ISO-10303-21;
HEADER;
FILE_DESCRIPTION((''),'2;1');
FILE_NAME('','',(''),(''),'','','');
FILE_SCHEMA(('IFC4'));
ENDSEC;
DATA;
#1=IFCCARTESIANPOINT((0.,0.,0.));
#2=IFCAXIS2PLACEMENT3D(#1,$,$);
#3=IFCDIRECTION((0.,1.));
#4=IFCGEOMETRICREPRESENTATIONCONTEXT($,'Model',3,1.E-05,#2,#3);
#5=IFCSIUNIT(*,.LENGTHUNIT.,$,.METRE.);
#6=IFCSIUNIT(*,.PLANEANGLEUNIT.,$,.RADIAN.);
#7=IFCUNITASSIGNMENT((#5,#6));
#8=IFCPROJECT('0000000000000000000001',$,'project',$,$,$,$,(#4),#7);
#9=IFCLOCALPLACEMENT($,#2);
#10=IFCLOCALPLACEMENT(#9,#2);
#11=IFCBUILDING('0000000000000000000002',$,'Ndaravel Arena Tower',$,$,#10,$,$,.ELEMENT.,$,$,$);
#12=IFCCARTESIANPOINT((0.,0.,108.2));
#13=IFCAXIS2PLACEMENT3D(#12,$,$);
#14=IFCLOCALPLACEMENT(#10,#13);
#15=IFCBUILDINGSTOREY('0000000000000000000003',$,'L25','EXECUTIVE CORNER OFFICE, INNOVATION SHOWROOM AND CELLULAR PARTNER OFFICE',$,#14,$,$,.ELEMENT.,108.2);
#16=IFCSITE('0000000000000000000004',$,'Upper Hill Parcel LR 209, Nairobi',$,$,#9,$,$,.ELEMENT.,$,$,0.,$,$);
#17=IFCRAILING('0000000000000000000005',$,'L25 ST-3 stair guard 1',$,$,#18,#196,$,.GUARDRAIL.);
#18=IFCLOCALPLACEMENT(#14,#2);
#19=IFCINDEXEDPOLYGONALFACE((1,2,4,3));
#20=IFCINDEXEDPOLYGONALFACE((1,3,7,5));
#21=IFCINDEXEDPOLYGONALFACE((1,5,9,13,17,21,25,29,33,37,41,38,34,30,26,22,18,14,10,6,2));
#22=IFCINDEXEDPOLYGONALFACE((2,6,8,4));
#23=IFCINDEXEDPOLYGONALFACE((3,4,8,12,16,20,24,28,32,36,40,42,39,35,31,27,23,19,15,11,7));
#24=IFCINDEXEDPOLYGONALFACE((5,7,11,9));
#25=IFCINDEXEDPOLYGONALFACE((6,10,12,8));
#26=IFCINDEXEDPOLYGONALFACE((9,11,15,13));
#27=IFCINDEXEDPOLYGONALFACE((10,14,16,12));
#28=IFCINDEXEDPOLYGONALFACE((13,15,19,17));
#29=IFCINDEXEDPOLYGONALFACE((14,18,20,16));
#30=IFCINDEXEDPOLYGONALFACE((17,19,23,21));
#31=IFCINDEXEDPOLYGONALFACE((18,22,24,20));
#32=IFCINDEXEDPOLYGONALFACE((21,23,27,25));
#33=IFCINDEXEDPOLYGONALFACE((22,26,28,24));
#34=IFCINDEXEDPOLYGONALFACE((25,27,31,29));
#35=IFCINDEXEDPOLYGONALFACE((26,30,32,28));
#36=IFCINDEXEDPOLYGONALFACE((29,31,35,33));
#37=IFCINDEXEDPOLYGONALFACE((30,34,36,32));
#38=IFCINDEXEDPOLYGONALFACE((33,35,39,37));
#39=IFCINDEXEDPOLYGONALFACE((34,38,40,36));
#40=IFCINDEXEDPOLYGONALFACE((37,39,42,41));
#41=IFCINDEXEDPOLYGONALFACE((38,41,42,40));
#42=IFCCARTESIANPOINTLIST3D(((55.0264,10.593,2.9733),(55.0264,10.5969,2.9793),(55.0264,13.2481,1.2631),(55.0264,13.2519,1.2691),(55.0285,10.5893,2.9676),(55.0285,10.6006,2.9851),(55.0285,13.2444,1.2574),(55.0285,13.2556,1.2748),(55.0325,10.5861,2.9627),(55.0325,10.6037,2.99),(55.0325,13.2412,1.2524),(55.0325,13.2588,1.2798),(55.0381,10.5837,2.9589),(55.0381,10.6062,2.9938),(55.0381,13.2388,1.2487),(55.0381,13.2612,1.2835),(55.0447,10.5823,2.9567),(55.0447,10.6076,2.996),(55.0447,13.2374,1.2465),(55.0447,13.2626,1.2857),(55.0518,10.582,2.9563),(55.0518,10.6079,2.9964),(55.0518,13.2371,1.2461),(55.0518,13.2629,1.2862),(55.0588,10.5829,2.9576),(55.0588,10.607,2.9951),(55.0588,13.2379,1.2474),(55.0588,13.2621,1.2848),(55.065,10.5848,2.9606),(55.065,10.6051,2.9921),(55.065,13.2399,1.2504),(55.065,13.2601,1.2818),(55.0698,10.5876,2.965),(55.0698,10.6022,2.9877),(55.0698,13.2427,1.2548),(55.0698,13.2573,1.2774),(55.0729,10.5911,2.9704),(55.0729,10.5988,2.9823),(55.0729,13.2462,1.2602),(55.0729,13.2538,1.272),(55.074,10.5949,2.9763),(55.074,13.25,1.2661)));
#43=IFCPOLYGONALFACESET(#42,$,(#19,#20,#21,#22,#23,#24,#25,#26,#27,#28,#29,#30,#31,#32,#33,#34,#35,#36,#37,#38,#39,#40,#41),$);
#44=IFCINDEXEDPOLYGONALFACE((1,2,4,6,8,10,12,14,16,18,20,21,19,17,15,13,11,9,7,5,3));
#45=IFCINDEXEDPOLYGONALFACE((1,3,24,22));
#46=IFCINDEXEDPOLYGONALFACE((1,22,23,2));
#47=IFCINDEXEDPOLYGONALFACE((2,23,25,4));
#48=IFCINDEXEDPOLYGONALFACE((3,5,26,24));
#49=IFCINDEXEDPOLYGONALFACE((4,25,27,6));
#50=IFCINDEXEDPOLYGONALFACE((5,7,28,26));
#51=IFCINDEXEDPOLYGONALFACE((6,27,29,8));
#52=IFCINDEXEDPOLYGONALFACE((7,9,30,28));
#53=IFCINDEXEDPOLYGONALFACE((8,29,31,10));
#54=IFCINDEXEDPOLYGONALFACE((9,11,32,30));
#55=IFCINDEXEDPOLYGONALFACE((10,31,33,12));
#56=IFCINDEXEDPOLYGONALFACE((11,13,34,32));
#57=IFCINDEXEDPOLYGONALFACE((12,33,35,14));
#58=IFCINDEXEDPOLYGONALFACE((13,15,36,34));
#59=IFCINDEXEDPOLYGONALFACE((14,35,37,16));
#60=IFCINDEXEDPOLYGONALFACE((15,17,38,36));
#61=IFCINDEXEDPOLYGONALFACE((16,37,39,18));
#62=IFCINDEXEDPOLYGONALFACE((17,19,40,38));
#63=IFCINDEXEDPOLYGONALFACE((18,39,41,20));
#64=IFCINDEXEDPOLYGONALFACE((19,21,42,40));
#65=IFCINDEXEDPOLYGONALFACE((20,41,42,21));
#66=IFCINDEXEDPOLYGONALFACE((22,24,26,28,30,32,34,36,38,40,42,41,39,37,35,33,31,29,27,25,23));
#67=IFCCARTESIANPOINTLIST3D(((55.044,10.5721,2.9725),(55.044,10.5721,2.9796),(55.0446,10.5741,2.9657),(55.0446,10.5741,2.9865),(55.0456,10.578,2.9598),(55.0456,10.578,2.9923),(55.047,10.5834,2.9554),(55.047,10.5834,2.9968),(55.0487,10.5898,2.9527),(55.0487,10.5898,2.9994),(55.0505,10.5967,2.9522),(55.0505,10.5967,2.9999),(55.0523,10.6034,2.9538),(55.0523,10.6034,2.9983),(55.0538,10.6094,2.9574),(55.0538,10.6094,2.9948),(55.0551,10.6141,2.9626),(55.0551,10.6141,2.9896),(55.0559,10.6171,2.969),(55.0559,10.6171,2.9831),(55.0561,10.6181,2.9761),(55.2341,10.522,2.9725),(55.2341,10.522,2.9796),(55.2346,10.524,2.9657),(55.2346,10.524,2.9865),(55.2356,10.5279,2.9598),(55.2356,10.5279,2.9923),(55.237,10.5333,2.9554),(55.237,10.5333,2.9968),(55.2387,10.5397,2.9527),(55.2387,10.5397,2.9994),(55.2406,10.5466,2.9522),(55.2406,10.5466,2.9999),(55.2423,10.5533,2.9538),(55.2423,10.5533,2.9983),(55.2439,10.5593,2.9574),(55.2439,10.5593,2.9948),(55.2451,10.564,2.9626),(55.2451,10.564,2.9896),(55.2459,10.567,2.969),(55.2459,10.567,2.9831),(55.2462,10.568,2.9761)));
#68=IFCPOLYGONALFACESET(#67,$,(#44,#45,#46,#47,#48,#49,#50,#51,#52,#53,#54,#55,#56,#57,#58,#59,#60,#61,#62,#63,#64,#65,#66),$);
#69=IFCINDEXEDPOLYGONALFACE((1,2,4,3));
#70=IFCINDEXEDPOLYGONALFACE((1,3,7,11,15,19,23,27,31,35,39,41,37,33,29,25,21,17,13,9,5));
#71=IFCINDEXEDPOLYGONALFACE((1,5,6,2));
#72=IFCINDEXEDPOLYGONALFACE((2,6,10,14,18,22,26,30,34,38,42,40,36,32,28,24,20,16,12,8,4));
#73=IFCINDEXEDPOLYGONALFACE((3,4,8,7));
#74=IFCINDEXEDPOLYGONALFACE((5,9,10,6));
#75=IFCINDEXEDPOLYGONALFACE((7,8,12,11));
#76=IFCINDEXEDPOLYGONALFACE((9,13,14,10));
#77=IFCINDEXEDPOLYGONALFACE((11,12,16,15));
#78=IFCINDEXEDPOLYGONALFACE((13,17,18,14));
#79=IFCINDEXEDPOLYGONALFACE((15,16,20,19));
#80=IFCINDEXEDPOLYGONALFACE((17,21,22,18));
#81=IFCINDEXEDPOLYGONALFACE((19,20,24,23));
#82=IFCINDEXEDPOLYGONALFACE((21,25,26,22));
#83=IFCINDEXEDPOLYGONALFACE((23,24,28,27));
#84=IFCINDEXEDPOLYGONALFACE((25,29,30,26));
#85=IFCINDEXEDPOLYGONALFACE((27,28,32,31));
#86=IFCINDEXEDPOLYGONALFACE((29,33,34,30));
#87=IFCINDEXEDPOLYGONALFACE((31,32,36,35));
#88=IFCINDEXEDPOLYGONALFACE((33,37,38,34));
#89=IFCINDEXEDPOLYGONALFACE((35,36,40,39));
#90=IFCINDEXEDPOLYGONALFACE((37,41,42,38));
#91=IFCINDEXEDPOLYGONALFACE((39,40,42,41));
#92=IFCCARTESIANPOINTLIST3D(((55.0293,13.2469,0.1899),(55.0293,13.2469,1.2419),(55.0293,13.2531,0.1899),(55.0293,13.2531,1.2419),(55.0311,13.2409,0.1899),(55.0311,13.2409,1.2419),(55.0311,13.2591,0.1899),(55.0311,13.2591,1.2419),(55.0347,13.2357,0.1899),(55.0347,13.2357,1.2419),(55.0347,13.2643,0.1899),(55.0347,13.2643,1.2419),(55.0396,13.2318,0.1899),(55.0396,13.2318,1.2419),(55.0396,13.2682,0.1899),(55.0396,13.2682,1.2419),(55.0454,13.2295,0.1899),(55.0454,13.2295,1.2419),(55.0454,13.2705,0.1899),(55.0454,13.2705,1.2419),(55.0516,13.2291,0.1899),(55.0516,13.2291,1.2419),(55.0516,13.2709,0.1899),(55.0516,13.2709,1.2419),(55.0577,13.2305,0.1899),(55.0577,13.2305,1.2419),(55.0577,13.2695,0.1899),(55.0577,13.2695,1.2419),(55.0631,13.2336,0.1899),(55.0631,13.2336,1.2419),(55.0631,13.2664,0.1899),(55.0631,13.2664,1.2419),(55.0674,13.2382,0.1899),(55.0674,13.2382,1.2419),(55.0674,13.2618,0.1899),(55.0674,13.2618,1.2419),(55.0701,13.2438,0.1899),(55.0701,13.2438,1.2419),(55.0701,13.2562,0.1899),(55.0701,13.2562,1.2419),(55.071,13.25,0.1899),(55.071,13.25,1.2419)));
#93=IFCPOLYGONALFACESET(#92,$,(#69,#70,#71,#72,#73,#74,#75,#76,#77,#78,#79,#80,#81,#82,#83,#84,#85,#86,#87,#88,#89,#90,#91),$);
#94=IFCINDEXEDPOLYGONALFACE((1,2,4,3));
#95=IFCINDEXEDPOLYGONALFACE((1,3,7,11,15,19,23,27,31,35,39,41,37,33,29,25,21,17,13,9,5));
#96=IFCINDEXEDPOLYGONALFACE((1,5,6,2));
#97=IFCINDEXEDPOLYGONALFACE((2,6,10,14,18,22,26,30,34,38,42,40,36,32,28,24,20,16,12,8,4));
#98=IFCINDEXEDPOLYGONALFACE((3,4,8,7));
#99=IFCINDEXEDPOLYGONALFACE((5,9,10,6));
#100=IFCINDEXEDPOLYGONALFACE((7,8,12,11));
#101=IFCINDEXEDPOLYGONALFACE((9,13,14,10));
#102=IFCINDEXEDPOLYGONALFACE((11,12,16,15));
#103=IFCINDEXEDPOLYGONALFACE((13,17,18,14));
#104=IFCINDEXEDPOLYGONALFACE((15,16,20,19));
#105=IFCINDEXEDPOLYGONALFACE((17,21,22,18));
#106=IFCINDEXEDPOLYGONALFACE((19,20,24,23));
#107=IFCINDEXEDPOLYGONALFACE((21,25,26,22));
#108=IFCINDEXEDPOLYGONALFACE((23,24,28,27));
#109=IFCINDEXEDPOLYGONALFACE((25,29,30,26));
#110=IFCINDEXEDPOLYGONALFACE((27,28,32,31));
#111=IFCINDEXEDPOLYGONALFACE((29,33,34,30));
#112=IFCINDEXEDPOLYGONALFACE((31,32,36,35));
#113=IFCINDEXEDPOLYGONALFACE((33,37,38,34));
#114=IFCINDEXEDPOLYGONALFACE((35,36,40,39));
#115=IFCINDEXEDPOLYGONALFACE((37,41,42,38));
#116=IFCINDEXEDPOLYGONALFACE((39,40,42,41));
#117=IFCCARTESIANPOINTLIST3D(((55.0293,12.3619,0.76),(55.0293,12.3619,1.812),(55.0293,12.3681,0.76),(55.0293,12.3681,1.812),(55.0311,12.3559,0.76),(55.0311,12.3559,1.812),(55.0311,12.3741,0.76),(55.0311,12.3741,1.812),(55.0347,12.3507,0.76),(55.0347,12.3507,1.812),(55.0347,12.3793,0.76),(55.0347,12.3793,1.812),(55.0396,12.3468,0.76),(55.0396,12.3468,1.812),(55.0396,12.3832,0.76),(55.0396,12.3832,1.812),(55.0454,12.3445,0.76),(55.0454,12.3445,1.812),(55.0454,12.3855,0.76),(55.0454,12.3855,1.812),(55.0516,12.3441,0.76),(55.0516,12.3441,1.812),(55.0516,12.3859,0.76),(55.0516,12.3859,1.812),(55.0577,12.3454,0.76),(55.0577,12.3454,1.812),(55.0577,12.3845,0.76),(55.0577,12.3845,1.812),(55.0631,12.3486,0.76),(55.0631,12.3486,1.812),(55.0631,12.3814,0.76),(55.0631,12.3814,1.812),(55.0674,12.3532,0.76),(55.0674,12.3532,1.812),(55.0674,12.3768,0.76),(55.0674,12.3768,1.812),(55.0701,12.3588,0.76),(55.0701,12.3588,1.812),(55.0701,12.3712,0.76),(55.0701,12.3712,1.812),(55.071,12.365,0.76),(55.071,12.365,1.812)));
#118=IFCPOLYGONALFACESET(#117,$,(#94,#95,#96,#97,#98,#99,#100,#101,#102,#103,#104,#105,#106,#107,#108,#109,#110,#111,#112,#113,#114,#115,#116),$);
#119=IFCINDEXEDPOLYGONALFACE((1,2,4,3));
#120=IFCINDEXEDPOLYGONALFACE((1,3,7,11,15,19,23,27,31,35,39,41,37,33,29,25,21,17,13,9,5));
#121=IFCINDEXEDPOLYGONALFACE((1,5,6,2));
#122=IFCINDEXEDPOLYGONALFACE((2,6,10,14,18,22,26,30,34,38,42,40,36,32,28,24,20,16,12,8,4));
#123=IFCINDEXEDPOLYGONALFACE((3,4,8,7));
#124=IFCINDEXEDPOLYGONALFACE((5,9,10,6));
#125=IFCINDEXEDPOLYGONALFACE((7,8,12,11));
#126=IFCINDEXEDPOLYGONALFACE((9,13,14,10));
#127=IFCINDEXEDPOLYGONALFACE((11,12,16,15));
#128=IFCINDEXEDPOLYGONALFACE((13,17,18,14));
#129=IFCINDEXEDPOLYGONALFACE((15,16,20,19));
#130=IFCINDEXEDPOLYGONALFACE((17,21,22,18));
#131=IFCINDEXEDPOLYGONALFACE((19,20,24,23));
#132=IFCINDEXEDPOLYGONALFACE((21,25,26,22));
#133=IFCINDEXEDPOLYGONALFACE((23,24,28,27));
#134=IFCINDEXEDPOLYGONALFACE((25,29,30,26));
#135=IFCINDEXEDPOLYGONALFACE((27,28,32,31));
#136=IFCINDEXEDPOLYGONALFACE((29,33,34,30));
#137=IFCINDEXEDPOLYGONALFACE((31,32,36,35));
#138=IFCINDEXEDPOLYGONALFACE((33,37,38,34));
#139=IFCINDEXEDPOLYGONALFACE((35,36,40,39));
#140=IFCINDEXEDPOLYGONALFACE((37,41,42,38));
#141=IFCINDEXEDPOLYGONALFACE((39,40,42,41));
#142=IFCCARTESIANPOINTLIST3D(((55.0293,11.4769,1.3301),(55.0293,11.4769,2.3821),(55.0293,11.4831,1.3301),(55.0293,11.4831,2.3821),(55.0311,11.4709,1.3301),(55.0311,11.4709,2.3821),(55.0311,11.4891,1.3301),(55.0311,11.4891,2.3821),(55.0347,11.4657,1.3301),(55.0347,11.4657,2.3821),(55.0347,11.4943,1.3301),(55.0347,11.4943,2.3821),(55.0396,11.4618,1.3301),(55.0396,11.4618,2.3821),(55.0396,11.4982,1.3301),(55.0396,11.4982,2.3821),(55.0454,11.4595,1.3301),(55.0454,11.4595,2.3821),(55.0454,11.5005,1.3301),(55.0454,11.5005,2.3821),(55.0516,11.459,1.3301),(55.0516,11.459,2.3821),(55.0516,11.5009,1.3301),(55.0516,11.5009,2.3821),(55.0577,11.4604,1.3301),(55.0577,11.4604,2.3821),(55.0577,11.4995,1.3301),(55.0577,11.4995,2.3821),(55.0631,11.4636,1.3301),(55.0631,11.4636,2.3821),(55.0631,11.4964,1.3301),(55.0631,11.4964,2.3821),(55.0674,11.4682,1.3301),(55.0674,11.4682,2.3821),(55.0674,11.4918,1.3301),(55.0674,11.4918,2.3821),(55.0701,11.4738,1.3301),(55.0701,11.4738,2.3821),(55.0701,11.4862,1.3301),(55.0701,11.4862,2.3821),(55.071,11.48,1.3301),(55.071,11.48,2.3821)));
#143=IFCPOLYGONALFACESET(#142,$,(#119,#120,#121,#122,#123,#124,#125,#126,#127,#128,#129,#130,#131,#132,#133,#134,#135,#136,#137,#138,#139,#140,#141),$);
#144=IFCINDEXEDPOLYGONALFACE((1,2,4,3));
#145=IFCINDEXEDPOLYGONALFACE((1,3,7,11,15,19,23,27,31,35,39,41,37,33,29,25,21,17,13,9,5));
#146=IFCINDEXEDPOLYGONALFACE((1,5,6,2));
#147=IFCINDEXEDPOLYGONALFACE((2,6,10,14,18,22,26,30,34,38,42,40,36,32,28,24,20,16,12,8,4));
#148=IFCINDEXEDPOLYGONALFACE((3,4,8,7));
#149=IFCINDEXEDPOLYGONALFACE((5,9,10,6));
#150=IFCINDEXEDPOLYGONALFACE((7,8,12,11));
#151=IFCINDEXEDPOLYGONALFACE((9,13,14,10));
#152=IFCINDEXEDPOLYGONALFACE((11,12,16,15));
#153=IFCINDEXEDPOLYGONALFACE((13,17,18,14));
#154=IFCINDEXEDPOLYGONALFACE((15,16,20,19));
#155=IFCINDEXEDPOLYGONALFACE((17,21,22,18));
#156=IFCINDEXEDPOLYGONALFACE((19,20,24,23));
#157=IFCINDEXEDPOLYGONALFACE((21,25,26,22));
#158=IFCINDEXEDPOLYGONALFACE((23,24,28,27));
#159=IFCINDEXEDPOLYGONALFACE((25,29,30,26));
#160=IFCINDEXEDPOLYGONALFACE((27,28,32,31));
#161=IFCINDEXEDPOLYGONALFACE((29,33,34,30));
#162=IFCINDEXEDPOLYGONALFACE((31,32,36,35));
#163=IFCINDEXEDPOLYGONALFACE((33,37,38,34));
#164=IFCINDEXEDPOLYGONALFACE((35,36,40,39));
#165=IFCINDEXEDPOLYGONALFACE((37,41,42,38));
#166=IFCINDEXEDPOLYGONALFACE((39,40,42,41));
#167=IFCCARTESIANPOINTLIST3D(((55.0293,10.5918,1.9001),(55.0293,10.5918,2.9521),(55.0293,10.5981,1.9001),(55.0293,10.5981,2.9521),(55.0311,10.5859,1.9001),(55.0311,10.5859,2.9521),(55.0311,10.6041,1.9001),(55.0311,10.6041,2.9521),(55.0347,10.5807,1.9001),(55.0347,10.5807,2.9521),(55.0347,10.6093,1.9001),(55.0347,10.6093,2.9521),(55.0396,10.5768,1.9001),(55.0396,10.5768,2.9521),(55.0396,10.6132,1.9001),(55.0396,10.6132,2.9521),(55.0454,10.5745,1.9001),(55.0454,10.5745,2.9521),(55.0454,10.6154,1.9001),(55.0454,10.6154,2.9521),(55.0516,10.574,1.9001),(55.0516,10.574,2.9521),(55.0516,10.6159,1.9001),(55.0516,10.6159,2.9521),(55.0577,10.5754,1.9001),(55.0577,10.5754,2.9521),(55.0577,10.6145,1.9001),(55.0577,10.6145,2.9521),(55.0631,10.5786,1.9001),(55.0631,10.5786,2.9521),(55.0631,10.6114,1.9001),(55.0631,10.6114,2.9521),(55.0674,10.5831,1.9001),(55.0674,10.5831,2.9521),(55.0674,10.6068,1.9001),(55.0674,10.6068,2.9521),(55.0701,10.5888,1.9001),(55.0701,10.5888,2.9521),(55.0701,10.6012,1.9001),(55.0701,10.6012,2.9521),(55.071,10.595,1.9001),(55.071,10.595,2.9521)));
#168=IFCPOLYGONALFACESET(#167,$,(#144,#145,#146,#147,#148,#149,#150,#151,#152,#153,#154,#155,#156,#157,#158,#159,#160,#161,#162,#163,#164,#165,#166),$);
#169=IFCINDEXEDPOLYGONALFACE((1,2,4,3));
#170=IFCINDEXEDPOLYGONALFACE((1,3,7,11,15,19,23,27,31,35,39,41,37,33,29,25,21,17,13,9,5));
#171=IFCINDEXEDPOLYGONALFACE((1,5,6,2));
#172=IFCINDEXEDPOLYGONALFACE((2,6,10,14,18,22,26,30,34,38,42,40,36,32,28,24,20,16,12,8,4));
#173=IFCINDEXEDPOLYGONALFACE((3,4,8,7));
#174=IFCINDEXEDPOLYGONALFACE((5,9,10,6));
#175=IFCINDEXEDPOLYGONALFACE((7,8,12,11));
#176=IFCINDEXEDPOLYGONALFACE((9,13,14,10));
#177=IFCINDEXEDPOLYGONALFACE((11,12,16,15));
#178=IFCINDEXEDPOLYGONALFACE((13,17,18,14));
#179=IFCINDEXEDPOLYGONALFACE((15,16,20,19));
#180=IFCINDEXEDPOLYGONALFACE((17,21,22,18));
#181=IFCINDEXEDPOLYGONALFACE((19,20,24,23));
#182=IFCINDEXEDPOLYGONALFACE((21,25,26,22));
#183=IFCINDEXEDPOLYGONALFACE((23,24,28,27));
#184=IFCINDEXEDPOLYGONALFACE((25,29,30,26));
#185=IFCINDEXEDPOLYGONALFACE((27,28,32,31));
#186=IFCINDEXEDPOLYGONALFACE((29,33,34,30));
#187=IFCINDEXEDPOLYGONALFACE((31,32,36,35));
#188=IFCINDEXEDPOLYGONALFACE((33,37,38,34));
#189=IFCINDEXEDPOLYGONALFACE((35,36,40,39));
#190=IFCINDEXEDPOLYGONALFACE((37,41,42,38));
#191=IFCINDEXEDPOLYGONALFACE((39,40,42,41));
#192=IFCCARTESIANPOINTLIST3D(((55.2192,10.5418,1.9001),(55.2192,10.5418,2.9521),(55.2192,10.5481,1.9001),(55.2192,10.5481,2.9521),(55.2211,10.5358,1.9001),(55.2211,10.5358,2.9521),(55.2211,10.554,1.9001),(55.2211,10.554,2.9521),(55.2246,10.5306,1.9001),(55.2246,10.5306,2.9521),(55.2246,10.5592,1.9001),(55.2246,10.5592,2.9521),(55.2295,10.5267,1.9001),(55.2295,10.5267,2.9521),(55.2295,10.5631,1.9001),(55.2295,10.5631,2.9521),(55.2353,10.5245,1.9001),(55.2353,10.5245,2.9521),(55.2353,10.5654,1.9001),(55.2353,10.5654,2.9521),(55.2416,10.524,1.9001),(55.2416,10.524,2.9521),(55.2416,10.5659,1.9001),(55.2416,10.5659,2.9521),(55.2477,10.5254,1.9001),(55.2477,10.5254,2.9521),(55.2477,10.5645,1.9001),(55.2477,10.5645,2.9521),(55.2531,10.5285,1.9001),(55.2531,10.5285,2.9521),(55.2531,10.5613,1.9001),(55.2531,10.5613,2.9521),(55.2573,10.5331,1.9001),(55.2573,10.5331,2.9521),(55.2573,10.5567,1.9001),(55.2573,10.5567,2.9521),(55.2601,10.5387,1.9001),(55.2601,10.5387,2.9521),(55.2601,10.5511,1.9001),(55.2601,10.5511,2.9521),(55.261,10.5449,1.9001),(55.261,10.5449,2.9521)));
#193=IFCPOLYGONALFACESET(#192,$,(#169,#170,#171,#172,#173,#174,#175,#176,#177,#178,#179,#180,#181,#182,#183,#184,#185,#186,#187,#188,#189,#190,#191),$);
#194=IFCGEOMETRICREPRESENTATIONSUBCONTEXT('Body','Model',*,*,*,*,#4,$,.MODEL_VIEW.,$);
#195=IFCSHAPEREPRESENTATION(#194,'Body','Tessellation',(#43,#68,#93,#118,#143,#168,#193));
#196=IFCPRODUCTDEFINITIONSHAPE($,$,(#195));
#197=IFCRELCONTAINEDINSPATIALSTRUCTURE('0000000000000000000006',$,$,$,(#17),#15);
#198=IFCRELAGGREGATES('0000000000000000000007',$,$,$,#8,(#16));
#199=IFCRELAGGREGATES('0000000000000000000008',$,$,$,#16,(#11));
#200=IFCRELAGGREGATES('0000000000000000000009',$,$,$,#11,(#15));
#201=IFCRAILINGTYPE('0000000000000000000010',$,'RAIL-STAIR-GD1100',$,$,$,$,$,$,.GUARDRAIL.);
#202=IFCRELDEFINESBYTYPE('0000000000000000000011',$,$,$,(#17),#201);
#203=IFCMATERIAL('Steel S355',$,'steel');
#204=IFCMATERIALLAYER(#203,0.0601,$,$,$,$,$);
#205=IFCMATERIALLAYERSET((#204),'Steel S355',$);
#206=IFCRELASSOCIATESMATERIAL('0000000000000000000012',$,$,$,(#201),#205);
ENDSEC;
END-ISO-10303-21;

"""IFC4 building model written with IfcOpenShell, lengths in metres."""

from ifc_helpers import new_model, si_unit, direction, frame, origin, origin_2d, place, context, subcontext, project, spatial, circle, extrude, material, layer, layer_set, type_object, element, save


model = new_model("IFC4")

# Units and contexts
model_context = context("Model", 3, precision=1e-05, world=origin(), true_north=direction((0.0, 1.0)))
body_context = subcontext(model_context, "Body", "Model", "MODEL_VIEW")
ifc_project = project(units=[si_unit("LENGTHUNIT", "METRE"), si_unit("PLANEANGLEUNIT", "RADIAN")], contexts=[model_context])

# Site, building, storey
site_placement = place(None, origin())
site = spatial("IfcSite", under=ifc_project, at=site_placement, Name="Upper Hill Parcel LR 209, Nairobi", CompositionType="ELEMENT", RefElevation=0.0)
building_placement = place(site_placement, origin())
building = spatial("IfcBuilding", under=site, at=building_placement, Name="Ndaravel Arena Tower", CompositionType="ELEMENT")
storey_placement = place(building_placement, frame((0.0, 0.0, 108.2)))
storey = spatial("IfcBuildingStorey", under=building, at=storey_placement, Name="L25", Description="EXECUTIVE CORNER OFFICE, INNOVATION SHOWROOM AND CELLULAR PARTNER OFFICE", CompositionType="ELEMENT", Elevation=108.2)

# Railing
ifc_material_1 = material(Name="Steel S355", Category="steel")
ifc_layer_1 = layer(ifc_material_1, 0.0601)
ifc_layer_set_1 = layer_set([ifc_layer_1], Name="Steel S355")
railing_type_1 = type_object("IfcRailingType", Name="RAIL-STAIR-GD1100", PredefinedType="GUARDRAIL", material=ifc_layer_set_1)
railing_1_placement = place(storey_placement, frame((55.05, 13.25, 0.1899)))
element("IfcRailing", 1, at=railing_1_placement, inside=storey, type_object=railing_type_1, Name="L25 ST-3 stair guard 1", PredefinedType="GUARDRAIL", context=body_context, shape_type="SweptSolid", body=[
    extrude(circle(Radius=0.0239, at=origin_2d()), frame((0.0, 0.0, 1.0762), z_axis=(0.0, -0.840688, 0.541519), x_axis=(1.0, 0.0, 0.0)), (0.0, 0.0, 1.0), 3.1582),
    extrude(circle(Radius=0.0239, at=origin_2d()), frame((0.0, -2.655, 2.7861), z_axis=(0.966994, -0.254799, 0.0), x_axis=(0.254799, 0.966994, 0.0)), (0.0, 0.0, 1.0), 0.1965),
    extrude(circle(Radius=0.021, at=origin_2d()), origin(), (0.0, 0.0, 1.0), 1.052),
    extrude(circle(Radius=0.021, at=origin_2d()), frame((0.0, -0.885, 0.5701)), (0.0, 0.0, 1.0), 1.052),
    extrude(circle(Radius=0.021, at=origin_2d()), frame((0.0, -1.77, 1.1401)), (0.0, 0.0, 1.0), 1.052),
    extrude(circle(Radius=0.021, at=origin_2d()), frame((0.0, -2.655, 1.7102)), (0.0, 0.0, 1.0), 1.052),
    extrude(circle(Radius=0.021, at=origin_2d()), frame((0.1899, -2.7051, 1.7102)), (0.0, 0.0, 1.0), 1.052),
])

save(model, "model.ifc")
